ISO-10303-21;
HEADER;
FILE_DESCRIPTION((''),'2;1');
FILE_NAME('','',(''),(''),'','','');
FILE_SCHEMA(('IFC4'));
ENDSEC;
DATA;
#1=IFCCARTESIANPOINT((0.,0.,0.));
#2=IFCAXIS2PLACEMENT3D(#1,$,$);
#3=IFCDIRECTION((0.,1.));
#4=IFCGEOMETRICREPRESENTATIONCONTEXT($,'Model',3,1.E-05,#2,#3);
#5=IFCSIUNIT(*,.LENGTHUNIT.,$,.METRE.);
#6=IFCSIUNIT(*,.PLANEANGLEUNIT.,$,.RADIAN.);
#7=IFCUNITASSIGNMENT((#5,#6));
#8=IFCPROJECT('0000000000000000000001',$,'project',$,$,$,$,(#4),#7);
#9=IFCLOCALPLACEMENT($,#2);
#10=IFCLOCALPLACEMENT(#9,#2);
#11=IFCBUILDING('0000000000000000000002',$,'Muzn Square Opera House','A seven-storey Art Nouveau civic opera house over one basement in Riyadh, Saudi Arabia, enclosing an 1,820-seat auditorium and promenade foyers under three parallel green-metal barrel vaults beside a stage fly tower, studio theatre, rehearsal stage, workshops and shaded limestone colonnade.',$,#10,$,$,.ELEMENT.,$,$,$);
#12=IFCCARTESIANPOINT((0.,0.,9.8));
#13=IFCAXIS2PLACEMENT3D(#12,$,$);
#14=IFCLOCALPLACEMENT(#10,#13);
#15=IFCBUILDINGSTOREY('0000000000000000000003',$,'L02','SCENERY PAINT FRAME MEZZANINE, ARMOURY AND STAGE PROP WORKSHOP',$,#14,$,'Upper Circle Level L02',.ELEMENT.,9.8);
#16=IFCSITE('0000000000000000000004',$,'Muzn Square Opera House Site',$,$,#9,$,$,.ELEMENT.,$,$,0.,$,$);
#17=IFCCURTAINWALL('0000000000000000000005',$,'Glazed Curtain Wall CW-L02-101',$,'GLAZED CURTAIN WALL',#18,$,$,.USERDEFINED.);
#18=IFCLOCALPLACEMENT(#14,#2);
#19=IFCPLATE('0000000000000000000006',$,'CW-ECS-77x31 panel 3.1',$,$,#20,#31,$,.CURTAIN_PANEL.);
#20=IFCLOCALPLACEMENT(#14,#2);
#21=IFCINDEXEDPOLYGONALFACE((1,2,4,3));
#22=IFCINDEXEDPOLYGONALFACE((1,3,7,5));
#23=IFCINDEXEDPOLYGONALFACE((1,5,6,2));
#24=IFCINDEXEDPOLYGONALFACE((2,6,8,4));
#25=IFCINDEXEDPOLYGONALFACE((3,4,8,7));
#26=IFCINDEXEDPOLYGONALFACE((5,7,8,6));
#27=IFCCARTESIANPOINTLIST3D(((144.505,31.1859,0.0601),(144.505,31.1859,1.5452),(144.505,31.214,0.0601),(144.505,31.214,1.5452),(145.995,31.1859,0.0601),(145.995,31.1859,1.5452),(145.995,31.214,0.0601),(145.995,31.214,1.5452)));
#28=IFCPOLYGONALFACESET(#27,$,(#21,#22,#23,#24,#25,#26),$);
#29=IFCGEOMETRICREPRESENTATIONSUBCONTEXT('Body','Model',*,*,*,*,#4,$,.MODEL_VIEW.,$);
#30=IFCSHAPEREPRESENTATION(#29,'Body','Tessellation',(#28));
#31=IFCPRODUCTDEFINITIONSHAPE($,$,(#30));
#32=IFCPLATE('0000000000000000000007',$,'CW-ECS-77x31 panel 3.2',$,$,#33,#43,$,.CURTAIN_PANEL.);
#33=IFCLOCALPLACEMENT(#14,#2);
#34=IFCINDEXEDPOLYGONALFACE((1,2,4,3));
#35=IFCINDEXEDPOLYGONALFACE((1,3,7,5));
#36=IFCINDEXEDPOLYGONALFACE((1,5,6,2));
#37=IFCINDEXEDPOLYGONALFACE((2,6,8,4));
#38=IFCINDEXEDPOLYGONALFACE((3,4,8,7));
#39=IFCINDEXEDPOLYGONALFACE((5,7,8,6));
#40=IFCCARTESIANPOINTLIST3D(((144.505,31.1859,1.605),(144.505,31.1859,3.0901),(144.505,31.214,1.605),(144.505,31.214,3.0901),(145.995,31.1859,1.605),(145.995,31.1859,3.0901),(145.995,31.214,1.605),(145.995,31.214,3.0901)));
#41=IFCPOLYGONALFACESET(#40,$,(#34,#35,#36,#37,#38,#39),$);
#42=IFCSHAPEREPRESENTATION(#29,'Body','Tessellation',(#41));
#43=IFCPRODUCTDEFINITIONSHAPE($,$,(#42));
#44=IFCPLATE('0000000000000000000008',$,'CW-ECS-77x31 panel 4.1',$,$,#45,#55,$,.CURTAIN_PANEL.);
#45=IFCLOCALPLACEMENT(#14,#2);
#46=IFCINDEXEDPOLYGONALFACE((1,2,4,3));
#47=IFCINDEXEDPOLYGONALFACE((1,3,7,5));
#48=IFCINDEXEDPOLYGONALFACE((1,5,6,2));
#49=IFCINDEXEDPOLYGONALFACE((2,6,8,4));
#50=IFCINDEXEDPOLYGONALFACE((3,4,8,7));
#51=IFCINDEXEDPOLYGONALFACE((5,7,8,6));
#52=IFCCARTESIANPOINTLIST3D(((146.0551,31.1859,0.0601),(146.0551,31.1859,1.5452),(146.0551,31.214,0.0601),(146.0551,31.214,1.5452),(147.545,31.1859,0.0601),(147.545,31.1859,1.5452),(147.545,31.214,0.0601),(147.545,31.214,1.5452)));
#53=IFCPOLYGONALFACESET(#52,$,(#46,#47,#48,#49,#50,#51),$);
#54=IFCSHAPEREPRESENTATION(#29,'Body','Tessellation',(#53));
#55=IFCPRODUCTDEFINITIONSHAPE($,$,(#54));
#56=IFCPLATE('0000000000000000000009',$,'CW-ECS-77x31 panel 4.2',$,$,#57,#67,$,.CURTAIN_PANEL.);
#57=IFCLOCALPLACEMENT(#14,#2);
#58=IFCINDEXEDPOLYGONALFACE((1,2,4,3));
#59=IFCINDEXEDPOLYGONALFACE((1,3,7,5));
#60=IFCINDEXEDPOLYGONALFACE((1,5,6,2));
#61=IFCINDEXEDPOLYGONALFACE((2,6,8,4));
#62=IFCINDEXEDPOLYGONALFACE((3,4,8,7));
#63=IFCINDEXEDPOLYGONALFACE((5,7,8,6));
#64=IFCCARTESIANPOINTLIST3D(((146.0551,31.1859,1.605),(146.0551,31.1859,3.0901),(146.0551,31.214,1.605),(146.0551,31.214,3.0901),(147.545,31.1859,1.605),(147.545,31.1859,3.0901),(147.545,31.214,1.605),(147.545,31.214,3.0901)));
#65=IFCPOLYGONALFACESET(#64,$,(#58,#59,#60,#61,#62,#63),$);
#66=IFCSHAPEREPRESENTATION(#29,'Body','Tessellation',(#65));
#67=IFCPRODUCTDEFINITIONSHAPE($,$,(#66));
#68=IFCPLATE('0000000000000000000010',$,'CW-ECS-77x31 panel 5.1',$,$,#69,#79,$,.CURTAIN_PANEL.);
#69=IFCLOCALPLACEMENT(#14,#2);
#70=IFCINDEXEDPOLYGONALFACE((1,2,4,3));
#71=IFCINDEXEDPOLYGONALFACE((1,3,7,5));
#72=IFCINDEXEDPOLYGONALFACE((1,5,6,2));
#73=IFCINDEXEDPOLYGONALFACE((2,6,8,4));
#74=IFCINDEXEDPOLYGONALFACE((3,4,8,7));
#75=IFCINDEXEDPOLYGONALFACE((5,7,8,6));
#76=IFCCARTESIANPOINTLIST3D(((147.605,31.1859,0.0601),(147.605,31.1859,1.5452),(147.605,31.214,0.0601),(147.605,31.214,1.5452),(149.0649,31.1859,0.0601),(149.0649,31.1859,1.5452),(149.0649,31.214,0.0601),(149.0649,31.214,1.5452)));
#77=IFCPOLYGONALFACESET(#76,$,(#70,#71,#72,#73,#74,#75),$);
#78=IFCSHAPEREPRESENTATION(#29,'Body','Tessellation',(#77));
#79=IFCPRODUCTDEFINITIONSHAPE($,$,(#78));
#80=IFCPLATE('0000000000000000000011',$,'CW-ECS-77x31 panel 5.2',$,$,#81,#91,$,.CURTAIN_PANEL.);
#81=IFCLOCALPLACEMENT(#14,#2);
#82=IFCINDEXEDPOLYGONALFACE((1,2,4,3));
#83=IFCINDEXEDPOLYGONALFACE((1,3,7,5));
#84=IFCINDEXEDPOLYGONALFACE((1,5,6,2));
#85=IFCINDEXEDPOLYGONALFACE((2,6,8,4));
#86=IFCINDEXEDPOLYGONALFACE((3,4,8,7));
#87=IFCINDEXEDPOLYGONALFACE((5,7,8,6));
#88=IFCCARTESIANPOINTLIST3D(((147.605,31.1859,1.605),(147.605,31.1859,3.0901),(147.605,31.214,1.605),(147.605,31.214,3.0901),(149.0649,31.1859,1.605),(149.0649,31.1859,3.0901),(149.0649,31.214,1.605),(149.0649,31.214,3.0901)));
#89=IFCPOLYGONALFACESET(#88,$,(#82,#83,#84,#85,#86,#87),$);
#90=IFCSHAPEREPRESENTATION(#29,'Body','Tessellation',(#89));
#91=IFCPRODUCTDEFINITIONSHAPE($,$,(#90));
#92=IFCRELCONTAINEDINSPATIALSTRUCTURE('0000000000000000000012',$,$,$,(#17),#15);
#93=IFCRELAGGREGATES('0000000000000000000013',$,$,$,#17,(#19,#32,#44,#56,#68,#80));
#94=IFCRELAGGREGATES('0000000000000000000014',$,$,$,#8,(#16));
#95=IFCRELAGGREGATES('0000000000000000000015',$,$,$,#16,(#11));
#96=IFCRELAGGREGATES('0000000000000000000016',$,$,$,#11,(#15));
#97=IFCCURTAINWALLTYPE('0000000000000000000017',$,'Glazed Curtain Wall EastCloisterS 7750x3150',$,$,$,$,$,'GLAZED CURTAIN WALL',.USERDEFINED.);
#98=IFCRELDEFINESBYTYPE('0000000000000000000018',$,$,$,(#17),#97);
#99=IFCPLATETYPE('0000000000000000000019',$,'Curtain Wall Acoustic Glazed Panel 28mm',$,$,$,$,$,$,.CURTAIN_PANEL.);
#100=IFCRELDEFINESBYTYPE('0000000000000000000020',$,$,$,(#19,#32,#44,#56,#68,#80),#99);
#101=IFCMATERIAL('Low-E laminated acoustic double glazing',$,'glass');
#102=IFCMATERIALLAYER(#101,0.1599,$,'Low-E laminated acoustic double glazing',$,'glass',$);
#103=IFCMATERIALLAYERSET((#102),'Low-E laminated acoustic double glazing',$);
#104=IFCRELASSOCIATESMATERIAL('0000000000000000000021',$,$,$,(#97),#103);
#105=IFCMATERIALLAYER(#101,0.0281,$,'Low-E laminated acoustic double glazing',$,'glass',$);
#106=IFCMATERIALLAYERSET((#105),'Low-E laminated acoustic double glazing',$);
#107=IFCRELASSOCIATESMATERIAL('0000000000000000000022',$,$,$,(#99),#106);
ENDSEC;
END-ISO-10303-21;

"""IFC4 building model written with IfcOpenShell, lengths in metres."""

from ifc_helpers import new_model, si_unit, direction, frame, origin, origin_2d, place, context, subcontext, project, spatial, rectangle, extrude, material, layer, layer_set, type_object, element, aggregate, save


model = new_model("IFC4")

# Units and contexts
model_context = context("Model", 3, precision=1e-05, world=origin(), true_north=direction((0.0, 1.0)))
body_context = subcontext(model_context, "Body", "Model", "MODEL_VIEW")
ifc_project = project(units=[si_unit("LENGTHUNIT", "METRE"), si_unit("PLANEANGLEUNIT", "RADIAN")], contexts=[model_context])

# Site, building, storey
site_placement = place(None, origin())
site = spatial("IfcSite", under=ifc_project, at=site_placement, Name="Muzn Square Opera House Site", CompositionType="ELEMENT", RefElevation=0.0)
building_placement = place(site_placement, origin())
building = spatial("IfcBuilding", under=site, at=building_placement, Name="Muzn Square Opera House", Description="A seven-storey Art Nouveau civic opera house over one basement in Riyadh, Saudi Arabia, enclosing an 1,820-seat auditorium and promenade foyers under three parallel green-metal barrel vaults beside a stage fly tower, studio theatre, rehearsal stage, workshops and shaded limestone colonnade.", CompositionType="ELEMENT")
storey_placement = place(building_placement, frame((0.0, 0.0, 9.8)))
storey = spatial("IfcBuildingStorey", under=building, at=storey_placement, Name="L02", Description="SCENERY PAINT FRAME MEZZANINE, ARMOURY AND STAGE PROP WORKSHOP", LongName="Upper Circle Level L02", CompositionType="ELEMENT", Elevation=9.8)

# Curtain wall
ifc_material_1 = material(Name="Low-E laminated acoustic double glazing", Category="glass")
ifc_layer_1 = layer(ifc_material_1, 0.1599, Name="Low-E laminated acoustic double glazing", Category="glass")
ifc_layer_set_1 = layer_set([ifc_layer_1], Name="Low-E laminated acoustic double glazing")
curtain_wall_type = type_object("IfcCurtainWallType", Name="Glazed Curtain Wall EastCloisterS 7750x3150", ElementType="GLAZED CURTAIN WALL", PredefinedType="USERDEFINED", material=ifc_layer_set_1)
curtain_wall_placement = place(storey_placement, origin())
curtain_wall = element("IfcCurtainWall", 1, at=curtain_wall_placement, inside=storey, type_object=curtain_wall_type, Name="Glazed Curtain Wall CW-L02-101", ObjectType="GLAZED CURTAIN WALL", PredefinedType="USERDEFINED")

# Plates
ifc_layer_2 = layer(ifc_material_1, 0.0281, Name="Low-E laminated acoustic double glazing", Category="glass")
ifc_layer_set_2 = layer_set([ifc_layer_2], Name="Low-E laminated acoustic double glazing")
plate_type = type_object("IfcPlateType", Name="Curtain Wall Acoustic Glazed Panel 28mm", PredefinedType="CURTAIN_PANEL", material=ifc_layer_set_2)
plate_1_placement = place(storey_placement, frame((145.25, 31.2, 0.0601), z_axis=(0.0, 0.0, 1.0), x_axis=(1.0, 0.0, 0.0)))
plate_1 = element("IfcPlate", 2, at=plate_1_placement, type_object=plate_type, Name="CW-ECS-77x31 panel 3.1", PredefinedType="CURTAIN_PANEL", context=body_context, shape_type="SweptSolid", body=[
    extrude(rectangle(XDim=1.49, YDim=0.0281, at=origin_2d()), origin(), (0.0, 0.0, 1.0), 1.4851),
])
plate_2_placement = place(storey_placement, frame((145.25, 31.2, 1.605), z_axis=(0.0, 0.0, 1.0), x_axis=(1.0, 0.0, 0.0)))
plate_2 = element("IfcPlate", 3, at=plate_2_placement, type_object=plate_type, Name="CW-ECS-77x31 panel 3.2", PredefinedType="CURTAIN_PANEL", context=body_context, shape_type="SweptSolid", body=[
    extrude(rectangle(XDim=1.49, YDim=0.0281, at=origin_2d()), origin(), (0.0, 0.0, 1.0), 1.4851),
])
plate_3_placement = place(storey_placement, frame((146.8, 31.2, 0.0601), z_axis=(0.0, 0.0, 1.0), x_axis=(1.0, 0.0, 0.0)))
plate_3 = element("IfcPlate", 4, at=plate_3_placement, type_object=plate_type, Name="CW-ECS-77x31 panel 4.1", PredefinedType="CURTAIN_PANEL", context=body_context, shape_type="SweptSolid", body=[
    extrude(rectangle(XDim=1.49, YDim=0.0281, at=origin_2d()), origin(), (0.0, 0.0, 1.0), 1.4851),
])
plate_4_placement = place(storey_placement, frame((146.8, 31.2, 1.605), z_axis=(0.0, 0.0, 1.0), x_axis=(1.0, 0.0, 0.0)))
plate_4 = element("IfcPlate", 5, at=plate_4_placement, type_object=plate_type, Name="CW-ECS-77x31 panel 4.2", PredefinedType="CURTAIN_PANEL", context=body_context, shape_type="SweptSolid", body=[
    extrude(rectangle(XDim=1.49, YDim=0.0281, at=origin_2d()), origin(), (0.0, 0.0, 1.0), 1.4851),
])
plate_5_placement = place(storey_placement, frame((148.335, 31.2, 0.0601), z_axis=(0.0, 0.0, 1.0), x_axis=(1.0, 0.0, 0.0)))
plate_5 = element("IfcPlate", 6, at=plate_5_placement, type_object=plate_type, Name="CW-ECS-77x31 panel 5.1", PredefinedType="CURTAIN_PANEL", context=body_context, shape_type="SweptSolid", body=[
    extrude(rectangle(XDim=1.46, YDim=0.0281, at=origin_2d()), origin(), (0.0, 0.0, 1.0), 1.4851),
])
plate_6_placement = place(storey_placement, frame((148.335, 31.2, 1.605), z_axis=(0.0, 0.0, 1.0), x_axis=(1.0, 0.0, 0.0)))
plate_6 = element("IfcPlate", 7, at=plate_6_placement, type_object=plate_type, Name="CW-ECS-77x31 panel 5.2", PredefinedType="CURTAIN_PANEL", context=body_context, shape_type="SweptSolid", body=[
    extrude(rectangle(XDim=1.46, YDim=0.0281, at=origin_2d()), origin(), (0.0, 0.0, 1.0), 1.4851),
])
aggregate(curtain_wall, [plate_1, plate_2, plate_3, plate_4, plate_5, plate_6])

save(model, "model.ifc")
